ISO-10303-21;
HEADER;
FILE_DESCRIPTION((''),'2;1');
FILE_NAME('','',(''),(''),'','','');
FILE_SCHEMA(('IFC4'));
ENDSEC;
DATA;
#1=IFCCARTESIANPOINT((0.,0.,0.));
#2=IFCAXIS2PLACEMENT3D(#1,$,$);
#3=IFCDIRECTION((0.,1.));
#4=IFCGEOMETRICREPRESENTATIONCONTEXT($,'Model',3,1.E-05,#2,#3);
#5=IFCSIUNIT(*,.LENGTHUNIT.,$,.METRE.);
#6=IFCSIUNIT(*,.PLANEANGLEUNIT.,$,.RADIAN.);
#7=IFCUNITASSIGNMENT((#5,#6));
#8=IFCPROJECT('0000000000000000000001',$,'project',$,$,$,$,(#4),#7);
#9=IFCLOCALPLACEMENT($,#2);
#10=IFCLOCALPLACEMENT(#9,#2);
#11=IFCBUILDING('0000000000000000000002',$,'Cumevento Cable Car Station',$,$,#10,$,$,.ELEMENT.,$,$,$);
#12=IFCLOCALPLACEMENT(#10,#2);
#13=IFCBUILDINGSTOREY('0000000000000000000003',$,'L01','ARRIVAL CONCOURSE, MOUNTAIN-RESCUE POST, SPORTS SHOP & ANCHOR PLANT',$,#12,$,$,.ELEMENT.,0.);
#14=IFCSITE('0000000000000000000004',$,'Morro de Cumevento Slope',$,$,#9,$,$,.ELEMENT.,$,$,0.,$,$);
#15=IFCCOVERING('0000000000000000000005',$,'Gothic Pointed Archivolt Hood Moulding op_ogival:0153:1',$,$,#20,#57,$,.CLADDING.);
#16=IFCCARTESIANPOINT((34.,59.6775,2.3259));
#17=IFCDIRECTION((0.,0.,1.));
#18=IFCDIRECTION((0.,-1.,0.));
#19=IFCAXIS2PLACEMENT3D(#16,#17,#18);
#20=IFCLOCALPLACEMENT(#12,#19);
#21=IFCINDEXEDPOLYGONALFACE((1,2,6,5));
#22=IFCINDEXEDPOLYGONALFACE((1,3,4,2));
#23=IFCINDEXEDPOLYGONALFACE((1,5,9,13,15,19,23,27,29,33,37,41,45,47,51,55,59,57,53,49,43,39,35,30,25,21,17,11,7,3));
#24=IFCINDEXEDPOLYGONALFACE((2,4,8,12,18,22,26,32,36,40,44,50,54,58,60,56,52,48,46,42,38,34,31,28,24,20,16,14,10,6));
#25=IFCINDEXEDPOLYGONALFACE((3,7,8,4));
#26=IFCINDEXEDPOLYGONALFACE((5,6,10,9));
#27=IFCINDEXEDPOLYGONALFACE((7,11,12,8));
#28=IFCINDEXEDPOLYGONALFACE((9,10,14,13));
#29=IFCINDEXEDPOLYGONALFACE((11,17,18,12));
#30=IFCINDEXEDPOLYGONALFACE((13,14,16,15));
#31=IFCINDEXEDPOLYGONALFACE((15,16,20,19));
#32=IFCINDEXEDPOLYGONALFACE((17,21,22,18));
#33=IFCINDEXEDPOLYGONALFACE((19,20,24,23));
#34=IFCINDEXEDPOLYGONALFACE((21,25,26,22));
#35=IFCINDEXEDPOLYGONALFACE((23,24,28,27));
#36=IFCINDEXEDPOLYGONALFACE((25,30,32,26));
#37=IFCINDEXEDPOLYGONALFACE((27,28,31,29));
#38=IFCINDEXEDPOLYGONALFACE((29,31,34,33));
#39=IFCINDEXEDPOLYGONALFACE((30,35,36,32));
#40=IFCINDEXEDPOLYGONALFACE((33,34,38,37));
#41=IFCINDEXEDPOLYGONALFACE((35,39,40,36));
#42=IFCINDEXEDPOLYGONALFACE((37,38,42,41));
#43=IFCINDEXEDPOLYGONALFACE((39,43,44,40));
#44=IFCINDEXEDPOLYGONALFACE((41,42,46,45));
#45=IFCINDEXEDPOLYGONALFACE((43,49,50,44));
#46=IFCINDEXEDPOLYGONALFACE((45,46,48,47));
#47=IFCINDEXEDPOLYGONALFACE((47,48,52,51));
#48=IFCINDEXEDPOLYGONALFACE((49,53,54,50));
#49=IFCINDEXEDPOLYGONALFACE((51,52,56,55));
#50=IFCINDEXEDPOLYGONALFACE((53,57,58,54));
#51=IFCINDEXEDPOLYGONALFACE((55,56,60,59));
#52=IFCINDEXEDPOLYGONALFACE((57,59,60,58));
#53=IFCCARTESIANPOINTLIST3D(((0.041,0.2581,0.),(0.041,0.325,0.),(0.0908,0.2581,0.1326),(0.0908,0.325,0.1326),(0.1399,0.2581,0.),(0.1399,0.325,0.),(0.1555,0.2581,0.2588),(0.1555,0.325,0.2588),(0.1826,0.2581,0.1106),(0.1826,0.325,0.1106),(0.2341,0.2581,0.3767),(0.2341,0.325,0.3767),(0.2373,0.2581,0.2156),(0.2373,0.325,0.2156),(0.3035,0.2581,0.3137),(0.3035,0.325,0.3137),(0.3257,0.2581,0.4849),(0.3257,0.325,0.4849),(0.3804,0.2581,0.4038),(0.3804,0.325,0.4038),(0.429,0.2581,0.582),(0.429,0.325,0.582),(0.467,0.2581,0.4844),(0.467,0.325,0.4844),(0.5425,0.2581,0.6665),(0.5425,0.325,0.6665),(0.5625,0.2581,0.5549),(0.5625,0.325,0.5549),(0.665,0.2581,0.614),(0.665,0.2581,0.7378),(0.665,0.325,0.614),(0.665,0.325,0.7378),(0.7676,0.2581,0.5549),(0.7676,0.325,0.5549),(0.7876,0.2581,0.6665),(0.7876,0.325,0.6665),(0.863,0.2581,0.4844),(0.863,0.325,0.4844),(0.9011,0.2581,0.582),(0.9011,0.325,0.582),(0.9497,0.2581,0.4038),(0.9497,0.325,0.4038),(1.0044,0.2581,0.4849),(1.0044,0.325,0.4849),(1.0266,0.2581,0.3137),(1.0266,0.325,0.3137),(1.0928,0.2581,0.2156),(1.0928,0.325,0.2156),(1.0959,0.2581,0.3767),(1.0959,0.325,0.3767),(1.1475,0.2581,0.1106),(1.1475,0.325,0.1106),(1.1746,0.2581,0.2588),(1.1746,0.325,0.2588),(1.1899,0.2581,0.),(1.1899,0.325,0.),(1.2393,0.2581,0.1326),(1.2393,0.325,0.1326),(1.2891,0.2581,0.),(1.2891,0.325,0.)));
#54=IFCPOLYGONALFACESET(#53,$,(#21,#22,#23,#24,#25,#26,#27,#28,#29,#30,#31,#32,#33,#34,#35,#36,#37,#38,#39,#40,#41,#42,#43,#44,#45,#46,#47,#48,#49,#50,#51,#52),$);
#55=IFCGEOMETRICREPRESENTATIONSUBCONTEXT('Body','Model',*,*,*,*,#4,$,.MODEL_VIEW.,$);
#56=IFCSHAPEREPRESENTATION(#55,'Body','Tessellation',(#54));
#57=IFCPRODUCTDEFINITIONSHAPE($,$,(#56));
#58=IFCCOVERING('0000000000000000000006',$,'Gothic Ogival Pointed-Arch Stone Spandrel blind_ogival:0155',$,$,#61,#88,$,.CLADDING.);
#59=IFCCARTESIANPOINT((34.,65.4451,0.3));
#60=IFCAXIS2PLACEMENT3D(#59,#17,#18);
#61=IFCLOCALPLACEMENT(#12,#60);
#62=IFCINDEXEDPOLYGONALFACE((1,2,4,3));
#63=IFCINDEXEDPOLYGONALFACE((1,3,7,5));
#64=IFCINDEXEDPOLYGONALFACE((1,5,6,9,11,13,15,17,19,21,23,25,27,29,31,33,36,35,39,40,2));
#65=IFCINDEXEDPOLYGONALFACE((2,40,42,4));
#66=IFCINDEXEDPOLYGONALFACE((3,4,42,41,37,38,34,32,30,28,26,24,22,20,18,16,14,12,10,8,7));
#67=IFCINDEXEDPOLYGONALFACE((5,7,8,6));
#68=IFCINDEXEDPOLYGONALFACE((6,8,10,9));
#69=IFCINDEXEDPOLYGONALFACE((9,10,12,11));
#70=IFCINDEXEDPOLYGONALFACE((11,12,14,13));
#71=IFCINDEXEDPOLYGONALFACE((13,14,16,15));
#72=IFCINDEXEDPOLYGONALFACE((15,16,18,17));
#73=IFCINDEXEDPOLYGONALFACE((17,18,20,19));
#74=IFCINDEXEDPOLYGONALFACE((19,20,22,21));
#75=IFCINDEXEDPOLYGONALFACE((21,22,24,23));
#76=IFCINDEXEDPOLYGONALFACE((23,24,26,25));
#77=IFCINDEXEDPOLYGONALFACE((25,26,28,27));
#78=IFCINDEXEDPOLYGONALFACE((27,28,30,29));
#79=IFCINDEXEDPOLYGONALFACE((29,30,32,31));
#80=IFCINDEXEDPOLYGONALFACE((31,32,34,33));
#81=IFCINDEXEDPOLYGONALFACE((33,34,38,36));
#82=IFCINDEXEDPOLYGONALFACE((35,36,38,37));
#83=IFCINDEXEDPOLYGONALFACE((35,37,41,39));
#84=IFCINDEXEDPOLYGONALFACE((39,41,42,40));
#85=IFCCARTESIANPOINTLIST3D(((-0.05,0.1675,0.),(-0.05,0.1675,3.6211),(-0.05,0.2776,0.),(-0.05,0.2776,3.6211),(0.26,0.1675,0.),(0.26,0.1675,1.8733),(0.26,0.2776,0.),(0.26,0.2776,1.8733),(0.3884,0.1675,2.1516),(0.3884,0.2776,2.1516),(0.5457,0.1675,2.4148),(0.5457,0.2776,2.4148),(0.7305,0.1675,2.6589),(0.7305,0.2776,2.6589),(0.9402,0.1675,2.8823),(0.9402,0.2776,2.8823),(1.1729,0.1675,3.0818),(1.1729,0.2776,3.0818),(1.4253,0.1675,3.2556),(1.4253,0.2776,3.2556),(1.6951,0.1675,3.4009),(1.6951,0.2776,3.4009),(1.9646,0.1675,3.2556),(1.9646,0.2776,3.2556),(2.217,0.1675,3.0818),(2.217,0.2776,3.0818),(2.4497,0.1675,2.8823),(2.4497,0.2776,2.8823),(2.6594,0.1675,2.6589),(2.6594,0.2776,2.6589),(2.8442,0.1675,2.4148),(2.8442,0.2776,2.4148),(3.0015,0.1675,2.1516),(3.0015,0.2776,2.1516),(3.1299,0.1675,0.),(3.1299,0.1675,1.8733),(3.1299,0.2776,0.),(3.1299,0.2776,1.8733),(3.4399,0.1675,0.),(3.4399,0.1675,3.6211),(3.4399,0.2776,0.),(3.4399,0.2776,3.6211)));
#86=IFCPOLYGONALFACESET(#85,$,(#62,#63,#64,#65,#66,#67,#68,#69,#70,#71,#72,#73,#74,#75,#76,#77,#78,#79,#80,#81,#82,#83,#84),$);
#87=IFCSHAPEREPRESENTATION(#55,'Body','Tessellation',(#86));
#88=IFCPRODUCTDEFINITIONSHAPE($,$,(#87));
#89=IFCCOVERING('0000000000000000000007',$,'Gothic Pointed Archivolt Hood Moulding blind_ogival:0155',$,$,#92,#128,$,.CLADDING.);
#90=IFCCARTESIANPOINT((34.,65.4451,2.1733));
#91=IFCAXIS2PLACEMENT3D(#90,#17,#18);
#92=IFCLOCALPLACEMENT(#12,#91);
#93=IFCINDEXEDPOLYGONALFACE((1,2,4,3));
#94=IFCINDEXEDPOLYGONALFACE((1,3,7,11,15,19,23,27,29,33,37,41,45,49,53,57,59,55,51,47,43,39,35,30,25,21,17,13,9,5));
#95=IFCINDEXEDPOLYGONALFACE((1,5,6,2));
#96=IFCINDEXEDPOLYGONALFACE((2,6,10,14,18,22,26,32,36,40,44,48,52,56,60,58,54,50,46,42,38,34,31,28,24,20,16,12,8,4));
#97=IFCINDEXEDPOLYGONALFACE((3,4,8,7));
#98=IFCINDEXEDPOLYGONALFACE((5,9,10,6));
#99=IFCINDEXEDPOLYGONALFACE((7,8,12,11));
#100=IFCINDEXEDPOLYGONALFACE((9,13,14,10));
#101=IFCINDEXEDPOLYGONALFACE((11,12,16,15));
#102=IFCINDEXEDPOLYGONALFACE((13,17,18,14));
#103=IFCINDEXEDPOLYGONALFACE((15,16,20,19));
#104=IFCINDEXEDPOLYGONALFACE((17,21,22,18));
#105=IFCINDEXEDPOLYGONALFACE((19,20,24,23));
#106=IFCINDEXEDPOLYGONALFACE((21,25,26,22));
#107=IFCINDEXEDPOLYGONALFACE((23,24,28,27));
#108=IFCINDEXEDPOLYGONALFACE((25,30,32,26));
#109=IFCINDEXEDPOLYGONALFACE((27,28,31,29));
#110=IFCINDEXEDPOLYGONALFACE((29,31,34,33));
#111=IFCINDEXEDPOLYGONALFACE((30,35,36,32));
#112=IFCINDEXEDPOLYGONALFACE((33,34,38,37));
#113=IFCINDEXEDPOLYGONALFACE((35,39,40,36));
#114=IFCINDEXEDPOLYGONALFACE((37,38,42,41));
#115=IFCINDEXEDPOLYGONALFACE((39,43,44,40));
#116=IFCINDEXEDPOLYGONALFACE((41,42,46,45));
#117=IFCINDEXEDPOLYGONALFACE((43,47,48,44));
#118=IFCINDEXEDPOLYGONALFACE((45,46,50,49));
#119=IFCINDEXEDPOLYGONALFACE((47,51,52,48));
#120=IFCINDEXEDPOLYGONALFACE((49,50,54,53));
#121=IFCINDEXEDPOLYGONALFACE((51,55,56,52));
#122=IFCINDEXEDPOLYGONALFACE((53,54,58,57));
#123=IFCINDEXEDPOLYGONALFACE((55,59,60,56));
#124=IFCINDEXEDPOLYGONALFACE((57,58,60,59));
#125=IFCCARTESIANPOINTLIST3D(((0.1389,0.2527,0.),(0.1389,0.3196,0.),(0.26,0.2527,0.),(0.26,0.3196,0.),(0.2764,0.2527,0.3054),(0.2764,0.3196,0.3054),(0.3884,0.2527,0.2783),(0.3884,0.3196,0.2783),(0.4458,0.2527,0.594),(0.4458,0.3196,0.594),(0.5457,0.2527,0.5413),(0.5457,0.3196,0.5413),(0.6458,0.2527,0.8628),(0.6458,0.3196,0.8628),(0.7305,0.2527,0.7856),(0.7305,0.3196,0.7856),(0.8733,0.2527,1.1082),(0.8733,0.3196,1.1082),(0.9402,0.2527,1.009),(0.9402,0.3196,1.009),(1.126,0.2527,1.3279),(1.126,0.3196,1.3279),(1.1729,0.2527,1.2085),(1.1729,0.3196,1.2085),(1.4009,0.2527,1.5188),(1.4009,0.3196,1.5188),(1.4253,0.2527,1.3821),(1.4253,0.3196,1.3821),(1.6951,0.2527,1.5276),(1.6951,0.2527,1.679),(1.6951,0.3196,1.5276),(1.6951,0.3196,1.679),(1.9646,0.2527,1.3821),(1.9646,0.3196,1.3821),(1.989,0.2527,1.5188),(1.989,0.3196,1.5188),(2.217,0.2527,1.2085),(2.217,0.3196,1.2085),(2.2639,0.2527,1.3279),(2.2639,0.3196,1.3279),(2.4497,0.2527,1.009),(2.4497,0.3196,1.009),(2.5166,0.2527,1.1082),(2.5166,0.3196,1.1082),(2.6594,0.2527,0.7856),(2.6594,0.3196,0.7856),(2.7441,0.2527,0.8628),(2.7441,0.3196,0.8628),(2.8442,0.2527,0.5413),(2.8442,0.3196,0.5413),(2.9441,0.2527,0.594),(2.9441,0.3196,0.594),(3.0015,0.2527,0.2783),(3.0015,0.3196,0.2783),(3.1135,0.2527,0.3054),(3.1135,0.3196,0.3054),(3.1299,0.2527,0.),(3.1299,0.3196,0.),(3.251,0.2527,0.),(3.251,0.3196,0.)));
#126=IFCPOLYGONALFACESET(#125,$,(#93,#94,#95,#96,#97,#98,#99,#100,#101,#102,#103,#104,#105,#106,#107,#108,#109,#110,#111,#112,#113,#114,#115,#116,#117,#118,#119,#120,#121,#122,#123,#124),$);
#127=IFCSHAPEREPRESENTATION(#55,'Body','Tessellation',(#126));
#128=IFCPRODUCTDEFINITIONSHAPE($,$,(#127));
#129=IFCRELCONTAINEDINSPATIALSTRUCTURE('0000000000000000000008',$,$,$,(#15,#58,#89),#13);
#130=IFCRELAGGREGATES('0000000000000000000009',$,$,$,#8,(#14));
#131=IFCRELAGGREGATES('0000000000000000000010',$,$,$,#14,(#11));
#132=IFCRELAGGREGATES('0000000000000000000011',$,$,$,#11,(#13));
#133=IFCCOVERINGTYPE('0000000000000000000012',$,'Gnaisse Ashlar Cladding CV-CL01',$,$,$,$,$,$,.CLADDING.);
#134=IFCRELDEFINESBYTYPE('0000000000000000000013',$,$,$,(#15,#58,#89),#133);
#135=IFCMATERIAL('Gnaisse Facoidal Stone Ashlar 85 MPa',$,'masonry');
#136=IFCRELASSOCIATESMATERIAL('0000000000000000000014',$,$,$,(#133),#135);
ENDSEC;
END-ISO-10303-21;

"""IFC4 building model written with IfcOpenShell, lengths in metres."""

from ifc_helpers import new_model, si_unit, direction, frame, origin, place, context, subcontext, project, spatial, polyline, outline, extrude, material, type_object, element, save


model = new_model("IFC4")

# Units and contexts
model_context = context("Model", 3, precision=1e-05, world=origin(), true_north=direction((0.0, 1.0)))
body_context = subcontext(model_context, "Body", "Model", "MODEL_VIEW")
ifc_project = project(units=[si_unit("LENGTHUNIT", "METRE"), si_unit("PLANEANGLEUNIT", "RADIAN")], contexts=[model_context])

# Site, building, storey
site_placement = place(None, origin())
site = spatial("IfcSite", under=ifc_project, at=site_placement, Name="Morro de Cumevento Slope", CompositionType="ELEMENT", RefElevation=0.0)
building_placement = place(site_placement, origin())
building = spatial("IfcBuilding", under=site, at=building_placement, Name="Cumevento Cable Car Station", CompositionType="ELEMENT")
storey_placement = place(building_placement, origin())
storey = spatial("IfcBuildingStorey", under=building, at=storey_placement, Name="L01", Description="ARRIVAL CONCOURSE, MOUNTAIN-RESCUE POST, SPORTS SHOP & ANCHOR PLANT", CompositionType="ELEMENT", Elevation=0.0)

# Coverings
ifc_material_1 = material(Name="Gnaisse Facoidal Stone Ashlar 85 MPa", Category="masonry")
covering_type = type_object("IfcCoveringType", Name="Gnaisse Ashlar Cladding CV-CL01", PredefinedType="CLADDING", material=ifc_material_1)
covering_1_placement = place(storey_placement, frame((34.0, 59.6775, 2.3259), z_axis=(0.0, 0.0, 1.0), x_axis=(0.0, -1.0, 0.0)))
element("IfcCovering", 1, at=covering_1_placement, inside=storey, type_object=covering_type, Name="Gothic Pointed Archivolt Hood Moulding op_ogival:0153:1", PredefinedType="CLADDING", context=body_context, shape_type="SweptSolid", body=[
    extrude(outline(polyline([(0.1399, 0.0), (0.1826, 0.1106), (0.2373, 0.2156), (0.3035, 0.3137), (0.3804, 0.4038), (0.467, 0.4844), (0.5625, 0.5549), (0.665, 0.614), (0.7676, 0.5549), (0.863, 0.4844), (0.9497, 0.4038), (1.0266, 0.3137), (1.0928, 0.2156), (1.1475, 0.1106), (1.1899, 0.0), (1.2891, 0.0), (1.2393, 0.1326), (1.1746, 0.2588), (1.0959, 0.3767), (1.0044, 0.4849), (0.9011, 0.582), (0.7876, 0.6665), (0.665, 0.7378), (0.5425, 0.6665), (0.429, 0.582), (0.3257, 0.4849), (0.2341, 0.3767), (0.1555, 0.2588), (0.0908, 0.1326), (0.041, 0.0), (0.1399, 0.0)])), frame((0.0, 0.325, 0.0), z_axis=(0.0, -1.0, 0.0), x_axis=(1.0, 0.0, 0.0)), (0.0, 0.0, 1.0), 0.0669),
])
covering_2_placement = place(storey_placement, frame((34.0, 65.4451, 0.3), z_axis=(0.0, 0.0, 1.0), x_axis=(0.0, -1.0, 0.0)))
element("IfcCovering", 2, at=covering_2_placement, inside=storey, type_object=covering_type, Name="Gothic Ogival Pointed-Arch Stone Spandrel blind_ogival:0155", PredefinedType="CLADDING", context=body_context, shape_type="SweptSolid", body=[
    extrude(outline(polyline([(-0.05, 0.0), (-0.05, 3.6211), (3.4399, 3.6211), (3.4399, 0.0), (3.1299, 0.0), (3.1299, 1.8733), (3.0015, 2.1516), (2.8442, 2.4148), (2.6594, 2.6589), (2.4497, 2.8823), (2.217, 3.0818), (1.9646, 3.2556), (1.6951, 3.4009), (1.4253, 3.2556), (1.1729, 3.0818), (0.9402, 2.8823), (0.7305, 2.6589), (0.5457, 2.4148), (0.3884, 2.1516), (0.26, 1.8733), (0.26, 0.0), (-0.05, 0.0)])), frame((0.0, 0.2776, 0.0), z_axis=(0.0, -1.0, 0.0), x_axis=(1.0, 0.0, 0.0)), (0.0, 0.0, 1.0), 0.1101),
])
covering_3_placement = place(storey_placement, frame((34.0, 65.4451, 2.1733), z_axis=(0.0, 0.0, 1.0), x_axis=(0.0, -1.0, 0.0)))
element("IfcCovering", 3, at=covering_3_placement, inside=storey, type_object=covering_type, Name="Gothic Pointed Archivolt Hood Moulding blind_ogival:0155", PredefinedType="CLADDING", context=body_context, shape_type="SweptSolid", body=[
    extrude(outline(polyline([(0.26, 0.0), (0.3884, 0.2783), (0.5457, 0.5413), (0.7305, 0.7856), (0.9402, 1.009), (1.1729, 1.2085), (1.4253, 1.3821), (1.6951, 1.5276), (1.9646, 1.3821), (2.217, 1.2085), (2.4497, 1.009), (2.6594, 0.7856), (2.8442, 0.5413), (3.0015, 0.2783), (3.1299, 0.0), (3.251, 0.0), (3.1135, 0.3054), (2.9441, 0.594), (2.7441, 0.8628), (2.5166, 1.1082), (2.2639, 1.3279), (1.989, 1.5188), (1.6951, 1.679), (1.4009, 1.5188), (1.126, 1.3279), (0.8733, 1.1082), (0.6458, 0.8628), (0.4458, 0.594), (0.2764, 0.3054), (0.1389, 0.0), (0.26, 0.0)])), frame((0.0, 0.3196, 0.0), z_axis=(0.0, -1.0, 0.0), x_axis=(1.0, 0.0, 0.0)), (0.0, 0.0, 1.0), 0.0669),
])

save(model, "model.ifc")
